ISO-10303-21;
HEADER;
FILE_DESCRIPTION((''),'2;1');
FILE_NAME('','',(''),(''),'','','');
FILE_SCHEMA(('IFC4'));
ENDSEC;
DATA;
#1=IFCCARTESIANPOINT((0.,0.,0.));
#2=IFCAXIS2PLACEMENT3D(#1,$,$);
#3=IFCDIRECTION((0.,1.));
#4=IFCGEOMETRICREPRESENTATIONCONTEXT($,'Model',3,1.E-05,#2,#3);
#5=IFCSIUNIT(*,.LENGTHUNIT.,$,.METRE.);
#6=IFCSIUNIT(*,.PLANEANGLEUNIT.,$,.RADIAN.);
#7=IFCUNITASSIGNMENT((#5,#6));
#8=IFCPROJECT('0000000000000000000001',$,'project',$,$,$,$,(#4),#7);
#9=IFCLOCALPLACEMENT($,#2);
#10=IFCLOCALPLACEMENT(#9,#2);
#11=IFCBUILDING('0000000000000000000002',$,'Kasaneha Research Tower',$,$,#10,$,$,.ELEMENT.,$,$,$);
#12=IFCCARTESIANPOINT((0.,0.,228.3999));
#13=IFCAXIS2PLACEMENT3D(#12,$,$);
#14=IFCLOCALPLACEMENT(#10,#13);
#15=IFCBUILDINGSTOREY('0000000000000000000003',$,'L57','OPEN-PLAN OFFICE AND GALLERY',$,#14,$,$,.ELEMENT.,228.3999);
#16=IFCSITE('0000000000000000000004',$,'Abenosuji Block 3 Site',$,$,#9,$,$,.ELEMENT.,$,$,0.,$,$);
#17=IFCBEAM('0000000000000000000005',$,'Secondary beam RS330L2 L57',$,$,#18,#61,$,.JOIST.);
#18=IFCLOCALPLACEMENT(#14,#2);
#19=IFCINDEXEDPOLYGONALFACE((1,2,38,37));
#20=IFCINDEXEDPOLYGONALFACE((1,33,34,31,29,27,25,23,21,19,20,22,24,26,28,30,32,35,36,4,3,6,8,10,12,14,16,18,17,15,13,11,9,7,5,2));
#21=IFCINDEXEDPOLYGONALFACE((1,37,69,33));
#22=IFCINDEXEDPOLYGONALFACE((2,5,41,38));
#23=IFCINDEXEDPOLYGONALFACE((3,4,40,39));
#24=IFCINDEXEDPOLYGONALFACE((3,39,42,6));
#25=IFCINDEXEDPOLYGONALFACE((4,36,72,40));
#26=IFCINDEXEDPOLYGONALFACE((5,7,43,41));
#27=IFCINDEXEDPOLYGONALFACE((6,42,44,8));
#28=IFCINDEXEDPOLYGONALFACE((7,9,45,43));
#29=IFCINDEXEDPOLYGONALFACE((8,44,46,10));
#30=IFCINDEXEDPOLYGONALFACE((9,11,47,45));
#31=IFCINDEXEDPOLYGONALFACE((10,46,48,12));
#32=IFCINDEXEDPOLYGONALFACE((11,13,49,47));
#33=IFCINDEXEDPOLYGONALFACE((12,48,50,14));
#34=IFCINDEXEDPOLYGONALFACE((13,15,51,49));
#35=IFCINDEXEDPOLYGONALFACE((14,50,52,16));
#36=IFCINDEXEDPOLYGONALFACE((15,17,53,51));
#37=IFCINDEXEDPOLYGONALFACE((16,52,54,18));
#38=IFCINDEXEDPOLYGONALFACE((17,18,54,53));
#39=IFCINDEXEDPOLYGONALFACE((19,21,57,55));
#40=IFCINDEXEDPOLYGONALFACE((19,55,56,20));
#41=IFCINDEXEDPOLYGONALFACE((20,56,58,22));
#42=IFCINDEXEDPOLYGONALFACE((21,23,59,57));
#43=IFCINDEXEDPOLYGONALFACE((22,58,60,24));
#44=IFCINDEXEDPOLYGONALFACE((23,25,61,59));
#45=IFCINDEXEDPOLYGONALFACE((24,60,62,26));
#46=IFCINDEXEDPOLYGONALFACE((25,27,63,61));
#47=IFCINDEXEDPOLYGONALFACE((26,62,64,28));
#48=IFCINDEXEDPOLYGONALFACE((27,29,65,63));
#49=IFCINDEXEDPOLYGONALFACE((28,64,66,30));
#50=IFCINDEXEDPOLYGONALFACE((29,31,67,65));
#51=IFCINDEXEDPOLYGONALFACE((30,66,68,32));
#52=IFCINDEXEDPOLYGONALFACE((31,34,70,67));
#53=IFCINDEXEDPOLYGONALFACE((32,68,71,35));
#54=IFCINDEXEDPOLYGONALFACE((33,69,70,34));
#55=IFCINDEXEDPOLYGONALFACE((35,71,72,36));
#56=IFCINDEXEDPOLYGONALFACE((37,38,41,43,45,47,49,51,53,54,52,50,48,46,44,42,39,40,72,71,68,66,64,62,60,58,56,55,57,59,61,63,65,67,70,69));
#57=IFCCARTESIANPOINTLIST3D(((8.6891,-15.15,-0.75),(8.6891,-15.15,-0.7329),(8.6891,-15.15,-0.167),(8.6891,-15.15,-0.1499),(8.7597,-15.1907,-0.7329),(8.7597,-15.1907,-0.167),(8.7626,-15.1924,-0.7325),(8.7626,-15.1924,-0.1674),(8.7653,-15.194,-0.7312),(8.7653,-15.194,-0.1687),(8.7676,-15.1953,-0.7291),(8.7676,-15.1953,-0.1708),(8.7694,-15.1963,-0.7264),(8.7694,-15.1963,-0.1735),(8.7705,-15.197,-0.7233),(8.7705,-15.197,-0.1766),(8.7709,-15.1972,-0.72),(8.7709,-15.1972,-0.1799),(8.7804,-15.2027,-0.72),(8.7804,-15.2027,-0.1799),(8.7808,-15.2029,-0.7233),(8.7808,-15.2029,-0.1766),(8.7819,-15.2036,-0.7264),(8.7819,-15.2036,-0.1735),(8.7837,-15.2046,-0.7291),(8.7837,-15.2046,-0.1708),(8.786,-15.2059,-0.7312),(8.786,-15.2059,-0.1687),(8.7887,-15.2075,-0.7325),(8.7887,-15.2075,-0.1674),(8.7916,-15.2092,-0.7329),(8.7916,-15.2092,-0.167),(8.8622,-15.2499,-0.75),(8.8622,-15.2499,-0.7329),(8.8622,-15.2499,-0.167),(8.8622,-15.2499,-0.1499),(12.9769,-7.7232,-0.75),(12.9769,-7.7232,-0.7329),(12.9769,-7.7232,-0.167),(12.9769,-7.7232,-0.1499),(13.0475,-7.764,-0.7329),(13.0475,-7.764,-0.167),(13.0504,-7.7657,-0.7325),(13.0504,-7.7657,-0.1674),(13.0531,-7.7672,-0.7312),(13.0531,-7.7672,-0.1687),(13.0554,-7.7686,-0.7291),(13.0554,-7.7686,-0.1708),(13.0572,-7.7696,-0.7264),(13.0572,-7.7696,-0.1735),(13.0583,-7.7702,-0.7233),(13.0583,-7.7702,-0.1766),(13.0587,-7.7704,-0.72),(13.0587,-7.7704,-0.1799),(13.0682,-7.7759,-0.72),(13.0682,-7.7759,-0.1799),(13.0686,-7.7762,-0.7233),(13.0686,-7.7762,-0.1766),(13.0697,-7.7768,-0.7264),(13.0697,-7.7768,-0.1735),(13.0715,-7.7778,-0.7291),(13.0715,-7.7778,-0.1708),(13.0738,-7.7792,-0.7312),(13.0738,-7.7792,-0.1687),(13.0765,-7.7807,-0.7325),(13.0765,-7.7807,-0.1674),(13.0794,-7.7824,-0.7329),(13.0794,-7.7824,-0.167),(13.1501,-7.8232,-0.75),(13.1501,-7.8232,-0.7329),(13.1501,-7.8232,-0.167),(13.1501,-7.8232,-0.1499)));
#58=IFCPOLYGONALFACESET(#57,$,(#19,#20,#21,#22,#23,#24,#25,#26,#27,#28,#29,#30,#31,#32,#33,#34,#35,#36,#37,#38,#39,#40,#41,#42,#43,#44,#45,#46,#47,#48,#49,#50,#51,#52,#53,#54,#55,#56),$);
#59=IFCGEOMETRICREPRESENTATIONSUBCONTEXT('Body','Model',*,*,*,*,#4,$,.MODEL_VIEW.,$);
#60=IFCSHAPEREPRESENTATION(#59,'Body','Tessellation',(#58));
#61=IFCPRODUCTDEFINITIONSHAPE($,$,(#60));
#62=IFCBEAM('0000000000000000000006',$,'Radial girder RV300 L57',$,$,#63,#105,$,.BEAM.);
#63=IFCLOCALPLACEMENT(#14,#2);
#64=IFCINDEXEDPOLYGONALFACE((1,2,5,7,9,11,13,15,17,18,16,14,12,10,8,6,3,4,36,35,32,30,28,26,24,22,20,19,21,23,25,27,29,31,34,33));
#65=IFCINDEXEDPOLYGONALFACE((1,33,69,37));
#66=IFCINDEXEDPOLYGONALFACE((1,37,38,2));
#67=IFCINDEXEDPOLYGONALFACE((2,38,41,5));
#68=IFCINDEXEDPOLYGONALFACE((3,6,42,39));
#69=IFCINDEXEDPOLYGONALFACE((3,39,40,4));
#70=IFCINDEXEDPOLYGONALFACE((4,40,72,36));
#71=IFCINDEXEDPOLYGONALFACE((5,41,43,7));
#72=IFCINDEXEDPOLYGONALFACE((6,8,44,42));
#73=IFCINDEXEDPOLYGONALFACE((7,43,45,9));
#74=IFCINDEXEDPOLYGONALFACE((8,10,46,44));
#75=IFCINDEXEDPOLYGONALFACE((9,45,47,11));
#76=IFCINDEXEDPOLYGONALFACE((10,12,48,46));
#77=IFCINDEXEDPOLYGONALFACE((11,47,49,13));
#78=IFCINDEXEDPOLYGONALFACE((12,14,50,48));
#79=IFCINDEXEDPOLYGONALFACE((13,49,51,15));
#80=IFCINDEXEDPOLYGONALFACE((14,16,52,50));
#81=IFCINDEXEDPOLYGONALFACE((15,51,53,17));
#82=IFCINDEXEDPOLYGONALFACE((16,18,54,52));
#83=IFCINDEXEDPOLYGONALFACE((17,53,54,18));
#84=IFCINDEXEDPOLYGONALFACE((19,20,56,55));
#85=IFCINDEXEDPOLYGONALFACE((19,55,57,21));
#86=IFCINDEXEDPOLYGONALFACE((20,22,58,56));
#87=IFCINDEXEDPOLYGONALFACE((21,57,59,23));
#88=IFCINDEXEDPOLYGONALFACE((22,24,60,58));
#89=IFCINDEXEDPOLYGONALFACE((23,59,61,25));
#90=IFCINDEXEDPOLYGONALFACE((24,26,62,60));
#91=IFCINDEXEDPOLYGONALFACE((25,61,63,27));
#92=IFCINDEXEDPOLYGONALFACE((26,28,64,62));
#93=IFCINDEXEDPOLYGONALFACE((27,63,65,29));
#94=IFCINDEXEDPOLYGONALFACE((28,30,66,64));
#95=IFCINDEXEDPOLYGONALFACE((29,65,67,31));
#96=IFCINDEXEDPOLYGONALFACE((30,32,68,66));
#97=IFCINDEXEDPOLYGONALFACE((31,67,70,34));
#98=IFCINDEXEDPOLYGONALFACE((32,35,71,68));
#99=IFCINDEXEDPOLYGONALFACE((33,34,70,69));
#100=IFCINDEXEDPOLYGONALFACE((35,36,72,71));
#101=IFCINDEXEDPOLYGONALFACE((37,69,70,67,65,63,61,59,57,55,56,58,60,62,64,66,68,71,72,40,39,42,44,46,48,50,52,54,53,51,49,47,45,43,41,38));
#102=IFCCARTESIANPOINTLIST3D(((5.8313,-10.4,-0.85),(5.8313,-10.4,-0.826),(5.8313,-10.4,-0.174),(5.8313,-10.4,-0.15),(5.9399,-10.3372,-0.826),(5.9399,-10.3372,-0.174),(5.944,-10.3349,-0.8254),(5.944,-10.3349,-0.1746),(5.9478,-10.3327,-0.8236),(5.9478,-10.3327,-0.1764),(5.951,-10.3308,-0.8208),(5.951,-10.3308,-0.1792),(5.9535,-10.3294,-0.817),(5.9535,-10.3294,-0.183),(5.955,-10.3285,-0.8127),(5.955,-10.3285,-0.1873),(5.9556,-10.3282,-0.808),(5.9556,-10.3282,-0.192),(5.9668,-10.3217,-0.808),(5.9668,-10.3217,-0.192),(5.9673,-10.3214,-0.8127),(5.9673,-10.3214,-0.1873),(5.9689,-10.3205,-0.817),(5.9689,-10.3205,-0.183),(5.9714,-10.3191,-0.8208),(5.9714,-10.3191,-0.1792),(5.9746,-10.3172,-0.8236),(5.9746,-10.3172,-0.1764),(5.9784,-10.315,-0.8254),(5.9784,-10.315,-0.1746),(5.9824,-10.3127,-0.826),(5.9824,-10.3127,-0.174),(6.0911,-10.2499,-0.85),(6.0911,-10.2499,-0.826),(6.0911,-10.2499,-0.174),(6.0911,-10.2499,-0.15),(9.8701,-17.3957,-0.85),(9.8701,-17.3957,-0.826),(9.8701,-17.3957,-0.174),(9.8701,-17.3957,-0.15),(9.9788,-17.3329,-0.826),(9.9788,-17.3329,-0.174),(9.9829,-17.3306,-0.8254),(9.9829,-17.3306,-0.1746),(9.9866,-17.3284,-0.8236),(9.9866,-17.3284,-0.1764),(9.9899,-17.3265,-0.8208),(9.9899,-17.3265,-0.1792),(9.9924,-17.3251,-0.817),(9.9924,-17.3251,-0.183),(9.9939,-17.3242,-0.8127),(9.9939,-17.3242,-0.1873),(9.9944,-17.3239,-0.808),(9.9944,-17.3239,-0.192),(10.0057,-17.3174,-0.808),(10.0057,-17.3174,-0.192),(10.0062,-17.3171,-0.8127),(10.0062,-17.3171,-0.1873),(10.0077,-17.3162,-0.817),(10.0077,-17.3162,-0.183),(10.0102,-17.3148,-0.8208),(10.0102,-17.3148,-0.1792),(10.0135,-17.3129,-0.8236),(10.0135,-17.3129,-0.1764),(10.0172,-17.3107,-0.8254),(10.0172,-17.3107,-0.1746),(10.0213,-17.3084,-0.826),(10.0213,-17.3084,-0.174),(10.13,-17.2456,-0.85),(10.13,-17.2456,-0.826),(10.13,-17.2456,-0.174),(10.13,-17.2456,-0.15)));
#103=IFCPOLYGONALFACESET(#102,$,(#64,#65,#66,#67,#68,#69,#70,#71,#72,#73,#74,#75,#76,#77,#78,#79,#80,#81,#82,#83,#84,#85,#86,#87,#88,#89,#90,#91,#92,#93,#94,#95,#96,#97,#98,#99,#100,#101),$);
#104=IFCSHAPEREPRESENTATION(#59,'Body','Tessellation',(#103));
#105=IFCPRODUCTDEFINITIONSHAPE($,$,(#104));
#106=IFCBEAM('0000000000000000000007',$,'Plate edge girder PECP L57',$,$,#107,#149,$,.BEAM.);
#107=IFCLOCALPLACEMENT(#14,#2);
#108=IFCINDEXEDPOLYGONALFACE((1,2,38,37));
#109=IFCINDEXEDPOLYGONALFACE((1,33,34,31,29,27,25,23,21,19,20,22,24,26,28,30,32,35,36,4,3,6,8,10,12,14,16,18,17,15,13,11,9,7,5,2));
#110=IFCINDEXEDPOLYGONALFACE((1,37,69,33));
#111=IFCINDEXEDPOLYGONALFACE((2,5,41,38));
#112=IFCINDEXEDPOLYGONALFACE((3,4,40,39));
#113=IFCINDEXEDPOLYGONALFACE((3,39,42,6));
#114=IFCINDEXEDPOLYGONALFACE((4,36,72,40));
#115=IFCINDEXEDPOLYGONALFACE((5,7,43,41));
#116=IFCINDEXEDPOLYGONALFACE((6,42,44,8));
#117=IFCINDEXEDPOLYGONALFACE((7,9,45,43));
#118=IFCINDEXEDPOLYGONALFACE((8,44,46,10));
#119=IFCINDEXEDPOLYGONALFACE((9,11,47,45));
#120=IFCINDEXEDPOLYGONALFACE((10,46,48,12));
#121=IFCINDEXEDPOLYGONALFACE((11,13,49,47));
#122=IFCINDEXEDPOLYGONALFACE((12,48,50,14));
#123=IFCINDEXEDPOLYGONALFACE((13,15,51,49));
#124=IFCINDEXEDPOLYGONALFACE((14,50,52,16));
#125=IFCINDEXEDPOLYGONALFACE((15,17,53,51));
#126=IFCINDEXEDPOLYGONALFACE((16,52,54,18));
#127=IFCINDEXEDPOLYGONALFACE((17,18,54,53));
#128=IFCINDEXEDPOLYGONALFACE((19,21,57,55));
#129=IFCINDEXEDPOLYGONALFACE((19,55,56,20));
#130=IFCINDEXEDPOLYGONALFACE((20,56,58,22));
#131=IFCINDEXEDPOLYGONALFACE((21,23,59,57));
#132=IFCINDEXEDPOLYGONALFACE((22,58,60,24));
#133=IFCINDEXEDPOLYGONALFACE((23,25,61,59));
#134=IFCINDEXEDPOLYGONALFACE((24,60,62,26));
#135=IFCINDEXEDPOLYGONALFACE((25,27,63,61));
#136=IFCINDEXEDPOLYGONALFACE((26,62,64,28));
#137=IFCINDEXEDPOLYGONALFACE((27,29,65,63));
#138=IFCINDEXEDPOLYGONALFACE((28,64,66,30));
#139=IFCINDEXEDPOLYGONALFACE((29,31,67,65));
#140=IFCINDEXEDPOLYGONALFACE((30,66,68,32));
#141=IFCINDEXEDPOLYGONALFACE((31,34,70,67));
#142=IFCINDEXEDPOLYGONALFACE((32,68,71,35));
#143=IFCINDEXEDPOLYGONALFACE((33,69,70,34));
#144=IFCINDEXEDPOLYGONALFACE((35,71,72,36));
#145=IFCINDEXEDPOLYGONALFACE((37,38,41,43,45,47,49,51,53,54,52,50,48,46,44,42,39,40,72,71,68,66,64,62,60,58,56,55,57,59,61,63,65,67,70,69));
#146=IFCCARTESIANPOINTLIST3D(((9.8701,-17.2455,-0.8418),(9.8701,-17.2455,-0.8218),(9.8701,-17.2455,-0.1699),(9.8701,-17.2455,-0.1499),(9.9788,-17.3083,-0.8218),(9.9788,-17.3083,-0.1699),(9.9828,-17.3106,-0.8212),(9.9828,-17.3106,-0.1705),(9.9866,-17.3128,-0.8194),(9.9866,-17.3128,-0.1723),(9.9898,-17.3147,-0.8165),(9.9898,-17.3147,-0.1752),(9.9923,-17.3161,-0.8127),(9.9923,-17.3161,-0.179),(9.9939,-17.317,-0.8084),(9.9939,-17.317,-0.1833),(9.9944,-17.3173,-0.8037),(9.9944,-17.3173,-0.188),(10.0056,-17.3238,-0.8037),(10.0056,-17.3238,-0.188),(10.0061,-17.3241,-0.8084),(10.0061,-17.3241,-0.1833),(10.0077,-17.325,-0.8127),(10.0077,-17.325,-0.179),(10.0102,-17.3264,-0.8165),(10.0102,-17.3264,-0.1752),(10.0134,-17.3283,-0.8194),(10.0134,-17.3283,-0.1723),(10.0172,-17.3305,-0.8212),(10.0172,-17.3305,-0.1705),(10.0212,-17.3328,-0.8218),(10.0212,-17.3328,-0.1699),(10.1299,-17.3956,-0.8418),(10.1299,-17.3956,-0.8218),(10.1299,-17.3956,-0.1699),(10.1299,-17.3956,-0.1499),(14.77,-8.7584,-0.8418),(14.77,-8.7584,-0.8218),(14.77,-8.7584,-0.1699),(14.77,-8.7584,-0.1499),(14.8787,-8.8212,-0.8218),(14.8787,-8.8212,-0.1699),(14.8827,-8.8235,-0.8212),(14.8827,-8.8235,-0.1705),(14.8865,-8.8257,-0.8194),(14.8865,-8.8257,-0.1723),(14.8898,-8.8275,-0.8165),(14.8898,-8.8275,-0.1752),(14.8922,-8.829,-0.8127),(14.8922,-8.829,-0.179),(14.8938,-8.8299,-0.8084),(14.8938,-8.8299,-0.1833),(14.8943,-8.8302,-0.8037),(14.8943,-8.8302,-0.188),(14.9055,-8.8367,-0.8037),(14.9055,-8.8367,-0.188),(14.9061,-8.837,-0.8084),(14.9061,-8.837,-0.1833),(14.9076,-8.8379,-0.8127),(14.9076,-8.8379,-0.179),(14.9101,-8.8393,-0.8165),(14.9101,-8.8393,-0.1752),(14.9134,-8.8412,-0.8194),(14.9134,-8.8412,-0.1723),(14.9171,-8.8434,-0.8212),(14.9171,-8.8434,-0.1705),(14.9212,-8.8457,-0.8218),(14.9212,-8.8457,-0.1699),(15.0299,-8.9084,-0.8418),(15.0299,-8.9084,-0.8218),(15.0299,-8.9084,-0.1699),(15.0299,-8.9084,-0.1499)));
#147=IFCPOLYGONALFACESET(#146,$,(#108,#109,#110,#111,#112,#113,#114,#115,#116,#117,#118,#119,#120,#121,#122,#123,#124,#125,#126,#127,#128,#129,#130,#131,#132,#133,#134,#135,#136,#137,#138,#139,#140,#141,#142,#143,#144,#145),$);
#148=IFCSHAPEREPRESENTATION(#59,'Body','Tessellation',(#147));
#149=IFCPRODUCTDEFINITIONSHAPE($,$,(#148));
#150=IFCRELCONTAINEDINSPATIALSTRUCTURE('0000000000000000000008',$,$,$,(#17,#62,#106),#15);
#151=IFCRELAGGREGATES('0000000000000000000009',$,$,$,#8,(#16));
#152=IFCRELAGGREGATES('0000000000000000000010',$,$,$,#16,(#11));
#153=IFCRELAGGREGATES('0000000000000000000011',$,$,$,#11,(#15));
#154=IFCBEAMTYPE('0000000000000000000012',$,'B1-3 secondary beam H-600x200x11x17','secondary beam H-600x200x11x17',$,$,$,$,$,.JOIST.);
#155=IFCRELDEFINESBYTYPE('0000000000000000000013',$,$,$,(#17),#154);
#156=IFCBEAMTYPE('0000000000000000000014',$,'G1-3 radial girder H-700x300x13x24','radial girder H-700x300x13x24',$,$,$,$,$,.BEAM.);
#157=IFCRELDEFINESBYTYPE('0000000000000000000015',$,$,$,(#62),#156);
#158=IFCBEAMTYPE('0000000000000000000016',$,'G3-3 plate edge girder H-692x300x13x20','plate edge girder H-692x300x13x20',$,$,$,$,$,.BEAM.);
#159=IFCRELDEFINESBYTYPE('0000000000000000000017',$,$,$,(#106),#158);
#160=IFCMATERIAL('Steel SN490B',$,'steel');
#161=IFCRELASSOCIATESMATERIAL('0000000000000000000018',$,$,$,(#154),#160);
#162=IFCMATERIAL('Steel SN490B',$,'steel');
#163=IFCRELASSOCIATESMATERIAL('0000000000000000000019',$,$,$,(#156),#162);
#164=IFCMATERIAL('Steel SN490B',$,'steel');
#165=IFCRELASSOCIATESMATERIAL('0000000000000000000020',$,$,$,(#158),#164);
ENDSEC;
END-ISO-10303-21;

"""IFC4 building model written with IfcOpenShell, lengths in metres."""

from ifc_helpers import new_model, si_unit, direction, frame, origin, origin_2d, place, context, subcontext, project, spatial, i_section, extrude, material, material_profile, profile_set, type_object, element, save


model = new_model("IFC4")

# Units and contexts
model_context = context("Model", 3, precision=1e-05, world=origin(), true_north=direction((0.0, 1.0)))
body_context = subcontext(model_context, "Body", "Model", "MODEL_VIEW")
ifc_project = project(units=[si_unit("LENGTHUNIT", "METRE"), si_unit("PLANEANGLEUNIT", "RADIAN")], contexts=[model_context])

# Site, building, storey
site_placement = place(None, origin())
site = spatial("IfcSite", under=ifc_project, at=site_placement, Name="Abenosuji Block 3 Site", CompositionType="ELEMENT", RefElevation=0.0)
building_placement = place(site_placement, origin())
building = spatial("IfcBuilding", under=site, at=building_placement, Name="Kasaneha Research Tower", CompositionType="ELEMENT")
storey_placement = place(building_placement, frame((0.0, 0.0, 228.3999)))
storey = spatial("IfcBuildingStorey", under=building, at=storey_placement, Name="L57", Description="OPEN-PLAN OFFICE AND GALLERY", CompositionType="ELEMENT", Elevation=228.3999)

# Beams
ifc_material_1 = material(Name="Steel SN490B", Category="steel")
ifc_material_profile_1 = material_profile(ifc_material_1, i_section(OverallWidth=0.2, OverallDepth=0.6001, WebThickness=0.011, FlangeThickness=0.0171, FilletRadius=0.0129, at=origin_2d()), Name="H-600x200x11x17")
ifc_profile_set_1 = profile_set([ifc_material_profile_1], Name="Steel SN490B")
beam_type_1 = type_object("IfcBeamType", Name="B1-3 secondary beam H-600x200x11x17", Description="secondary beam H-600x200x11x17", PredefinedType="JOIST", material=ifc_profile_set_1)
beam_1_placement = place(storey_placement, frame((8.7756, -15.2, -0.45), z_axis=(0.5, 0.866025, 0.0), x_axis=(-0.866025, 0.5, 0.0)))
element("IfcBeam", 1, at=beam_1_placement, inside=storey, type_object=beam_type_1, Name="Secondary beam RS330L2 L57", PredefinedType="JOIST", context=body_context, shape_type="SweptSolid", body=[
    extrude(i_section(OverallWidth=0.2, OverallDepth=0.6001, WebThickness=0.011, FlangeThickness=0.0171, FilletRadius=0.0129, at=origin_2d()), origin(), (0.0, 0.0, 1.0), 8.5757),
])
ifc_material_2 = material(Name="Steel SN490B", Category="steel")
ifc_material_profile_2 = material_profile(ifc_material_2, i_section(OverallWidth=0.3, OverallDepth=0.7, WebThickness=0.0129, FlangeThickness=0.0239, FilletRadius=0.0181, at=origin_2d()), Name="H-700x300x13x24")
ifc_profile_set_2 = profile_set([ifc_material_profile_2], Name="Steel SN490B")
beam_type_2 = type_object("IfcBeamType", Name="G1-3 radial girder H-700x300x13x24", Description="radial girder H-700x300x13x24", PredefinedType="BEAM", material=ifc_profile_set_2)
beam_2_placement = place(storey_placement, frame((5.9612, -10.325, -0.5), z_axis=(0.499991, -0.866031, 0.0), x_axis=(0.866031, 0.499991, 0.0)))
element("IfcBeam", 2, at=beam_2_placement, inside=storey, type_object=beam_type_2, Name="Radial girder RV300 L57", PredefinedType="BEAM", context=body_context, shape_type="SweptSolid", body=[
    extrude(i_section(OverallWidth=0.3, OverallDepth=0.7, WebThickness=0.0129, FlangeThickness=0.0239, FilletRadius=0.0181, at=origin_2d()), origin(), (0.0, 0.0, 1.0), 8.0779),
])
ifc_material_3 = material(Name="Steel SN490B", Category="steel")
ifc_material_profile_3 = material_profile(ifc_material_3, i_section(OverallWidth=0.3, OverallDepth=0.6919, WebThickness=0.0129, FlangeThickness=0.02, FilletRadius=0.0181, at=origin_2d()), Name="H-692x300x13x20")
ifc_profile_set_3 = profile_set([ifc_material_profile_3], Name="Steel SN490B")
beam_type_3 = type_object("IfcBeamType", Name="G3-3 plate edge girder H-692x300x13x20", Description="plate edge girder H-692x300x13x20", PredefinedType="BEAM", material=ifc_profile_set_3)
beam_3_placement = place(storey_placement, frame((10.0, -17.3206, -0.4958), z_axis=(0.499992, 0.86603, 0.0), x_axis=(-0.86603, 0.499992, 0.0)))
element("IfcBeam", 3, at=beam_3_placement, inside=storey, type_object=beam_type_3, Name="Plate edge girder PECP L57", PredefinedType="BEAM", context=body_context, shape_type="SweptSolid", body=[
    extrude(i_section(OverallWidth=0.3, OverallDepth=0.6919, WebThickness=0.0129, FlangeThickness=0.02, FilletRadius=0.0181, at=origin_2d()), origin(), (0.0, 0.0, 1.0), 9.8),
])

save(model, "model.ifc")
